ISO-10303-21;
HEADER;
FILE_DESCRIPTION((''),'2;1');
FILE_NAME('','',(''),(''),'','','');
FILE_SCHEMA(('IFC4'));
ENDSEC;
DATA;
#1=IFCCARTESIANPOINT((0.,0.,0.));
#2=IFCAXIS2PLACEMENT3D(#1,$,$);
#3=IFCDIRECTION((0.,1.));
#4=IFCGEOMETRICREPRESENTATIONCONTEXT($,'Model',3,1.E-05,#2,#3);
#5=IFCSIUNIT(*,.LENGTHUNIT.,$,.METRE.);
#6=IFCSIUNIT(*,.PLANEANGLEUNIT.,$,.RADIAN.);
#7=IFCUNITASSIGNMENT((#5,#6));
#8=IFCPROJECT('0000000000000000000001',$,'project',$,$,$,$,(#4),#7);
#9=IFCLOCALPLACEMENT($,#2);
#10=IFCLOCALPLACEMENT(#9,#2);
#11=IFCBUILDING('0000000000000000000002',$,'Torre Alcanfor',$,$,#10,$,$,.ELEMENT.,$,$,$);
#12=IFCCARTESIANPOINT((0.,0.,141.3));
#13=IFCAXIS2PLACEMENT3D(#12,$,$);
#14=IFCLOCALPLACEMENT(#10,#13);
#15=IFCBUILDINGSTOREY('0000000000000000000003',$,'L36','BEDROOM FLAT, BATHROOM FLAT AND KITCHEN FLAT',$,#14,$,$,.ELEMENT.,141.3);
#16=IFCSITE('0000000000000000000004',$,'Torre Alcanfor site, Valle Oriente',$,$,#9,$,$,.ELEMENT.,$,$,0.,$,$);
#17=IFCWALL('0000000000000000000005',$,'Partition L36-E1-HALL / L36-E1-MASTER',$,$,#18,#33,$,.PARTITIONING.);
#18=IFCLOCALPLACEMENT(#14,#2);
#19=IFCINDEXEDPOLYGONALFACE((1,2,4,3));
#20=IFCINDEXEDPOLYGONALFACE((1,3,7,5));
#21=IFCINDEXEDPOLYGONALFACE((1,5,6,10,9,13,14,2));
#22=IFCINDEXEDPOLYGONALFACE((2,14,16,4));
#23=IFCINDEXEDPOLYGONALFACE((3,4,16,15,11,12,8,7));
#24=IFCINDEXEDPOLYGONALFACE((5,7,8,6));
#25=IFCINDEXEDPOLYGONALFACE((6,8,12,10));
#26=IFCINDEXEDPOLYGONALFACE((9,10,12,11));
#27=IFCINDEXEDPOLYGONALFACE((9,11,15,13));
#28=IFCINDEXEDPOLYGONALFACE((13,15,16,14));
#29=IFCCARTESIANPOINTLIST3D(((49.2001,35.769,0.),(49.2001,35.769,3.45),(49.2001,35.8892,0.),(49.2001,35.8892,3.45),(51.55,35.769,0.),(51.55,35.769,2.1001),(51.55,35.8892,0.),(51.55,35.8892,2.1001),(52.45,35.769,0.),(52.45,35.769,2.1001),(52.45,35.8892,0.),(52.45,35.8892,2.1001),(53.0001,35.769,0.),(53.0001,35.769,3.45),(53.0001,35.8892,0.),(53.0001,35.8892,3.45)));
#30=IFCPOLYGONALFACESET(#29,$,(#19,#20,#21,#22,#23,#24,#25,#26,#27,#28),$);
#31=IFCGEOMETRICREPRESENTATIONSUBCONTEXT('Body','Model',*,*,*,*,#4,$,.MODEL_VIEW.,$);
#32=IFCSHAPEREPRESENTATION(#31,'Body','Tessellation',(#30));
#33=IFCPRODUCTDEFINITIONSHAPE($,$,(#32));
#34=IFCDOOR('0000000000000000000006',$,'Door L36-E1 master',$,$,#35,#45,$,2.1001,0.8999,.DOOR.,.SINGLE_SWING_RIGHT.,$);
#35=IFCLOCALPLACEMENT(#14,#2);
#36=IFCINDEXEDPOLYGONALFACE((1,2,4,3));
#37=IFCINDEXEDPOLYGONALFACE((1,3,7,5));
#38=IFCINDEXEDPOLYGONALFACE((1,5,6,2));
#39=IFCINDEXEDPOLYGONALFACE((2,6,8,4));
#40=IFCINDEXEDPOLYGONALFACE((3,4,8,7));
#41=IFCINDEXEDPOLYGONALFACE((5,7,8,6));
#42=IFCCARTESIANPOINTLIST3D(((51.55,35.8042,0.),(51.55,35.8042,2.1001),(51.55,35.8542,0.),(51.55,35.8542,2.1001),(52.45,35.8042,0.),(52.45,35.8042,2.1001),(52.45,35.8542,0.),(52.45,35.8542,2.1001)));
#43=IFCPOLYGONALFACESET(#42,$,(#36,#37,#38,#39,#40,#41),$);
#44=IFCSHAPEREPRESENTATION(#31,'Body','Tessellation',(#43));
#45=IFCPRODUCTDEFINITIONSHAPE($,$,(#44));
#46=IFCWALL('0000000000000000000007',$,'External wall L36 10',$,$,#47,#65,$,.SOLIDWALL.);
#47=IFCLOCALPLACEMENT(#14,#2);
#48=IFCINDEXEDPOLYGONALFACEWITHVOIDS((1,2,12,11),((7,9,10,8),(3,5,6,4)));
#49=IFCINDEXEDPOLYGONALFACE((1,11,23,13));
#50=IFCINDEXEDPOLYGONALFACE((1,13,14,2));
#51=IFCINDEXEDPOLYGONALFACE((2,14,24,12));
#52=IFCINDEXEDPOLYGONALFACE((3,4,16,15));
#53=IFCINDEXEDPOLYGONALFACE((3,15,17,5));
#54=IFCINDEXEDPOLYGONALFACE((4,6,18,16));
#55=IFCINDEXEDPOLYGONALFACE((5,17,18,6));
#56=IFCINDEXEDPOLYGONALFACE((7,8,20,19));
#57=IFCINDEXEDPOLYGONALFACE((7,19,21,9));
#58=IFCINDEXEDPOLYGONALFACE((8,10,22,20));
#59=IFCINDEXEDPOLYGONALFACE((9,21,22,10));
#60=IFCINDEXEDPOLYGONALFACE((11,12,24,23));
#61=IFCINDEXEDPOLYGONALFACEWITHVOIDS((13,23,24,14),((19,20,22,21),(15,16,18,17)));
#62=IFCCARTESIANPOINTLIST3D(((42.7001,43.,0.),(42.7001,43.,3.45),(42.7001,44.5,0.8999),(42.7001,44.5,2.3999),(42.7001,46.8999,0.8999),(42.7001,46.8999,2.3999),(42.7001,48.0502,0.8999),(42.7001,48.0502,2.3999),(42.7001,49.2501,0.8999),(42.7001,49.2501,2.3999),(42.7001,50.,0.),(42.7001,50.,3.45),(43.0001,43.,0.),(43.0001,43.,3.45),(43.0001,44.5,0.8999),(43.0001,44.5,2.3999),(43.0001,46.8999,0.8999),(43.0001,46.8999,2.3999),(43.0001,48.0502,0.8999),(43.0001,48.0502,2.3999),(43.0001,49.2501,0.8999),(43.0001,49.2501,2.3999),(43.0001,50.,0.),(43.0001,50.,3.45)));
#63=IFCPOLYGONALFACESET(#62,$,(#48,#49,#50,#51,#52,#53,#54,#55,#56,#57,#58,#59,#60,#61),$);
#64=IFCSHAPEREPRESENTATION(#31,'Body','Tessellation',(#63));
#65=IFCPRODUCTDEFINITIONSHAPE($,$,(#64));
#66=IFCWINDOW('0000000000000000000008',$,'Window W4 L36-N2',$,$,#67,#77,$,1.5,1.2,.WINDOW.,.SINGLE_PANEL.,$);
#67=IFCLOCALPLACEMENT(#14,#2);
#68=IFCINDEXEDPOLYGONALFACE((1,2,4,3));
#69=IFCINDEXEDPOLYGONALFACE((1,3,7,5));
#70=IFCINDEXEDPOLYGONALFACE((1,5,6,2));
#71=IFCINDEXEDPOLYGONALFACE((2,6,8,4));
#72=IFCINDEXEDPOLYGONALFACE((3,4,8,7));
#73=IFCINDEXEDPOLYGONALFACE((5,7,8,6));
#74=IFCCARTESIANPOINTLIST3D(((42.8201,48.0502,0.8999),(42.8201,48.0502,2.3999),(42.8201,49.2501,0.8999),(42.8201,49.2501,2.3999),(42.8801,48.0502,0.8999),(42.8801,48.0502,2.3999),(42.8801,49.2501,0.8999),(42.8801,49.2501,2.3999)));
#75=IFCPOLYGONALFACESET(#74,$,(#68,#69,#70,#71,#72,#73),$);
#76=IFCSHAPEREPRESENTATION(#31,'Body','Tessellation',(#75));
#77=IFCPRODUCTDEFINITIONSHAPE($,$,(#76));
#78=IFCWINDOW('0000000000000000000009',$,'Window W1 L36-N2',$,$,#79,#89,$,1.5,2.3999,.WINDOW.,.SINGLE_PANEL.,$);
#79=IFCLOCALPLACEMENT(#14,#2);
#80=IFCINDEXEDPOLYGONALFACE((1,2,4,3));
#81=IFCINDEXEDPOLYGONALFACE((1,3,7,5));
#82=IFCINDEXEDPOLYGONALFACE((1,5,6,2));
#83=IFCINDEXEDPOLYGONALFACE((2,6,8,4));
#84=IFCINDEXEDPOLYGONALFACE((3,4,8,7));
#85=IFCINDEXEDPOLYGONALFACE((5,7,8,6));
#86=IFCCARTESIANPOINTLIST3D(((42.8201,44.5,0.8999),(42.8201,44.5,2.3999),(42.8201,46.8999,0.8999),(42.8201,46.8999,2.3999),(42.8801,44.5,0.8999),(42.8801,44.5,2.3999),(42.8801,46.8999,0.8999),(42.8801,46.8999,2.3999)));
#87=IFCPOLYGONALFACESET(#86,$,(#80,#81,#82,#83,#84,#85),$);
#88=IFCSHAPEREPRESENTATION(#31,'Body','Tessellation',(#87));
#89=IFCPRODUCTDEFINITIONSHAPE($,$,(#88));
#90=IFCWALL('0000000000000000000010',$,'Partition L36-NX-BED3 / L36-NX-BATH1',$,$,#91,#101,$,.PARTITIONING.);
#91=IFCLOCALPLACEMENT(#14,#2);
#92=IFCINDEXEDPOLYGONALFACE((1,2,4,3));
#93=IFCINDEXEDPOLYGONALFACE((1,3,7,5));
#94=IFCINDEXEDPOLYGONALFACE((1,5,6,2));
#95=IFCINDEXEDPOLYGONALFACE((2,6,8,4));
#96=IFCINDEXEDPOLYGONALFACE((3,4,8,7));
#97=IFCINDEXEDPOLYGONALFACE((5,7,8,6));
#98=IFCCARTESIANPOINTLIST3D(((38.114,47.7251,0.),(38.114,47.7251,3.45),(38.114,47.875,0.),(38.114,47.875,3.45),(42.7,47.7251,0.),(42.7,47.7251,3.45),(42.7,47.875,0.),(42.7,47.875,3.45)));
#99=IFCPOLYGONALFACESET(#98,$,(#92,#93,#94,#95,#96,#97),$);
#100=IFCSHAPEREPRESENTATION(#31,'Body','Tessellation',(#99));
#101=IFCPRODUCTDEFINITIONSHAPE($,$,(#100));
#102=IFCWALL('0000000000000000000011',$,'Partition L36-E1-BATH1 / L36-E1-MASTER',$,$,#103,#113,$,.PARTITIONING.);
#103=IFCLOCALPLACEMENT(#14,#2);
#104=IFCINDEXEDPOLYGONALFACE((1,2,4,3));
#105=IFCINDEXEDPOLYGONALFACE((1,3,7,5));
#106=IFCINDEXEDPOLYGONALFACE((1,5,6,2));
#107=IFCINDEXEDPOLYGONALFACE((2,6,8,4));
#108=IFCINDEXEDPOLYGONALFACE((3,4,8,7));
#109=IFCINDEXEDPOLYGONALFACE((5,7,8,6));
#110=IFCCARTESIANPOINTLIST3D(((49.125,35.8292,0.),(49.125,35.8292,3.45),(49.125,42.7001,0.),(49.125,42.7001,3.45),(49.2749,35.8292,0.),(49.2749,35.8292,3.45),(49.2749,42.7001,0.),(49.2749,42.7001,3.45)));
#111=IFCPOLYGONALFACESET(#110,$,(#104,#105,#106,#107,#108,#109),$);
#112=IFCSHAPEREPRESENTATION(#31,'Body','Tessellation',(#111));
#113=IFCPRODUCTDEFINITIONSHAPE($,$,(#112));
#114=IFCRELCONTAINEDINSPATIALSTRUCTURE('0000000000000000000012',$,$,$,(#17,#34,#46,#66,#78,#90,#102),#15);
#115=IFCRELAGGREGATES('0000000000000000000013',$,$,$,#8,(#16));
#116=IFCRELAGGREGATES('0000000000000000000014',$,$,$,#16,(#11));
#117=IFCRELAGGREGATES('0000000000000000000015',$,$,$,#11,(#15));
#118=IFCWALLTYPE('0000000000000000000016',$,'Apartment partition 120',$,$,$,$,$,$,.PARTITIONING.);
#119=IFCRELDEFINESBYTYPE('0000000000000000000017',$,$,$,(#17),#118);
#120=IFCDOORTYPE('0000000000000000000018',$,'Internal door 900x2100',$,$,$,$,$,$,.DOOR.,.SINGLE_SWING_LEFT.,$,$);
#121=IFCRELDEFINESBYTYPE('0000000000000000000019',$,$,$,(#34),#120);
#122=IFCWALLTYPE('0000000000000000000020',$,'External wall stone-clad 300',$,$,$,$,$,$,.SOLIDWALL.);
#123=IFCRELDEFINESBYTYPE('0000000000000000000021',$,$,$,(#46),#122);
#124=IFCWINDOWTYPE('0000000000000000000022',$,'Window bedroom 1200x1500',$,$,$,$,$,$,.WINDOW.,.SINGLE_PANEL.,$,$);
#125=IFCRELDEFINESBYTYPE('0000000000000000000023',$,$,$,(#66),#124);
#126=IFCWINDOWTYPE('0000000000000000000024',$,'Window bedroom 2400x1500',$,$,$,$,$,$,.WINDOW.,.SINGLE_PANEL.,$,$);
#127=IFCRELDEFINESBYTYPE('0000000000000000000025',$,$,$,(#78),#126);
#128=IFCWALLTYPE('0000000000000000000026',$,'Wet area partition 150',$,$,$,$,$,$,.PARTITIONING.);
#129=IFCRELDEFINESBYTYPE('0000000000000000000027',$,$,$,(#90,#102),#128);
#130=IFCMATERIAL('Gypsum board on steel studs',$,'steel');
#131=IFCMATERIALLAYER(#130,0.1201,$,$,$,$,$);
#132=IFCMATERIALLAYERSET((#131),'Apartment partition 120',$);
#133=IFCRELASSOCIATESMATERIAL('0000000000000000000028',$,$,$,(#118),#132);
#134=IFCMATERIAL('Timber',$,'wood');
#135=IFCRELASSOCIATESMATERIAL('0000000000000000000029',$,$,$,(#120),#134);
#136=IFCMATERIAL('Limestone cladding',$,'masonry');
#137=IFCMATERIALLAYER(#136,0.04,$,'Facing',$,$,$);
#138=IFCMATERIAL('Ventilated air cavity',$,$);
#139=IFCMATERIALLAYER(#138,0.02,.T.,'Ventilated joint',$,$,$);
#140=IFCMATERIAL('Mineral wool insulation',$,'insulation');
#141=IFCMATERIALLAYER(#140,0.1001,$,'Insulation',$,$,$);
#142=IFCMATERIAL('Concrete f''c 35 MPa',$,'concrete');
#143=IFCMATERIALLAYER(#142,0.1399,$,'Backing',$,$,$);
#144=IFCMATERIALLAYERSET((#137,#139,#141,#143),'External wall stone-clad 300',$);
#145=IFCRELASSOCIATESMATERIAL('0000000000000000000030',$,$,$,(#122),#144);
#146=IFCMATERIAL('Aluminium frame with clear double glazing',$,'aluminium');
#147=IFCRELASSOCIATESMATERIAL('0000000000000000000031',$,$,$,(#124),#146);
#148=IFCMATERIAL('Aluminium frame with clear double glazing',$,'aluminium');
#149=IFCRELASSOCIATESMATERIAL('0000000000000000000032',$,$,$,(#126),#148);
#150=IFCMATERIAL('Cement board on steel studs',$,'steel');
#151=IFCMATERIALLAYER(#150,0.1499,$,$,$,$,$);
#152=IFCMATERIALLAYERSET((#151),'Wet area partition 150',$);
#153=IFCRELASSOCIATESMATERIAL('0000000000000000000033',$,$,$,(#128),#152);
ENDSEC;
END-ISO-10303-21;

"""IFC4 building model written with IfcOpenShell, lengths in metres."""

from ifc_helpers import new_model, si_unit, direction, frame, frame_2d, origin, place, context, subcontext, project, spatial, rectangle, extrude, material, layer, layer_set, type_object, element, fill, save


model = new_model("IFC4")

# Units and contexts
model_context = context("Model", 3, precision=1e-05, world=origin(), true_north=direction((0.0, 1.0)))
body_context = subcontext(model_context, "Body", "Model", "MODEL_VIEW")
ifc_project = project(units=[si_unit("LENGTHUNIT", "METRE"), si_unit("PLANEANGLEUNIT", "RADIAN")], contexts=[model_context])

# Site, building, storey
site_placement = place(None, origin())
site = spatial("IfcSite", under=ifc_project, at=site_placement, Name="Torre Alcanfor site, Valle Oriente", CompositionType="ELEMENT", RefElevation=0.0)
building_placement = place(site_placement, origin())
building = spatial("IfcBuilding", under=site, at=building_placement, Name="Torre Alcanfor", CompositionType="ELEMENT")
storey_placement = place(building_placement, frame((0.0, 0.0, 141.3)))
storey = spatial("IfcBuildingStorey", under=building, at=storey_placement, Name="L36", Description="BEDROOM FLAT, BATHROOM FLAT AND KITCHEN FLAT", CompositionType="ELEMENT", Elevation=141.3)

# Wall, opening, door
ifc_material_1 = material(Name="Gypsum board on steel studs", Category="steel")
ifc_layer_1 = layer(ifc_material_1, 0.1201)
ifc_layer_set_1 = layer_set([ifc_layer_1], Name="Apartment partition 120")
wall_type_1 = type_object("IfcWallType", Name="Apartment partition 120", PredefinedType="PARTITIONING", material=ifc_layer_set_1)
wall_1_placement = place(storey_placement, frame((53.0, 35.8291, 0.0), z_axis=(0.0, 0.0, 1.0), x_axis=(-1.0, 0.0, 0.0)))
wall_1 = element("IfcWall", 1, at=wall_1_placement, inside=storey, type_object=wall_type_1, Name="Partition L36-E1-HALL / L36-E1-MASTER", PredefinedType="PARTITIONING", context=body_context, shape_type="SweptSolid", body=[
    extrude(rectangle(XDim=3.8, YDim=0.1201, at=frame_2d((1.8999, 0.0))), origin(), (0.0, 0.0, 1.0), 3.45),
])
opening_1_placement = place(wall_1_placement, frame((0.55, 0.0, 0.0)))
opening_1 = element("IfcOpeningElement", 2, at=opening_1_placement, cuts=wall_1, PredefinedType="OPENING", context=body_context, shape_type="SweptSolid", body=[
    extrude(rectangle(XDim=0.8999, YDim=2.1001, at=frame_2d((0.45, 1.05))), frame((0.0, 0.0701, 0.0), z_axis=(0.0, -1.0, 0.0), x_axis=(1.0, 0.0, 0.0)), (0.0, 0.0, 1.0), 0.1401),
])
ifc_material_2 = material(Name="Timber", Category="wood")
door_type = type_object("IfcDoorType", Name="Internal door 900x2100", OperationType="SINGLE_SWING_LEFT", PredefinedType="DOOR", material=ifc_material_2)
door_placement = place(opening_1_placement, frame((0.8999, 0.0, 0.0), z_axis=(0.0, 0.0, 1.0), x_axis=(-1.0, 0.0, 0.0)))
door = element("IfcDoor", 3, at=door_placement, inside=storey, type_object=door_type, Name="Door L36-E1 master", OperationType="SINGLE_SWING_RIGHT", OverallHeight=2.1001, OverallWidth=0.8999, PredefinedType="DOOR", context=body_context, shape_type="SweptSolid", body=[
    extrude(rectangle(XDim=0.8999, YDim=2.1001, at=frame_2d((0.45, 1.05))), frame((0.0, 0.0251, 0.0), z_axis=(0.0, -1.0, 0.0), x_axis=(1.0, 0.0, 0.0)), (0.0, 0.0, 1.0), 0.05),
])
fill(opening_1, door)

# Wall, openings, windows
ifc_material_3 = material(Name="Limestone cladding", Category="masonry")
ifc_layer_2 = layer(ifc_material_3, 0.04, Name="Facing")
ifc_material_4 = material(Name="Ventilated air cavity")
ifc_layer_3 = layer(ifc_material_4, 0.02, ventilated=True, Name="Ventilated joint")
ifc_material_5 = material(Name="Mineral wool insulation", Category="insulation")
ifc_layer_4 = layer(ifc_material_5, 0.1001, Name="Insulation")
ifc_material_6 = material(Name="Concrete f'c 35 MPa", Category="concrete")
ifc_layer_5 = layer(ifc_material_6, 0.1399, Name="Backing")
ifc_layer_set_2 = layer_set([ifc_layer_2, ifc_layer_3, ifc_layer_4, ifc_layer_5], Name="External wall stone-clad 300")
wall_type_2 = type_object("IfcWallType", Name="External wall stone-clad 300", PredefinedType="SOLIDWALL", material=ifc_layer_set_2)
wall_2_placement = place(storey_placement, frame((42.8501, 43.0, 0.0), z_axis=(0.0, 0.0, 1.0), x_axis=(0.0, 1.0, 0.0)))
wall_2 = element("IfcWall", 4, at=wall_2_placement, inside=storey, type_object=wall_type_2, Name="External wall L36 10", PredefinedType="SOLIDWALL", context=body_context, shape_type="SweptSolid", body=[
    extrude(rectangle(XDim=7.0, YDim=0.3, at=frame_2d((3.5, 0.0))), origin(), (0.0, 0.0, 1.0), 3.45),
])
opening_2_placement = place(wall_2_placement, frame((1.5, 0.0, 0.8999)))
opening_2 = element("IfcOpeningElement", 5, at=opening_2_placement, cuts=wall_2, PredefinedType="OPENING", context=body_context, shape_type="SweptSolid", body=[
    extrude(rectangle(XDim=2.3999, YDim=1.5, at=frame_2d((1.2, 0.75))), frame((0.0, 0.1599, 0.0), z_axis=(0.0, -1.0, 0.0), x_axis=(1.0, 0.0, 0.0)), (0.0, 0.0, 1.0), 0.3201),
])
opening_3_placement = place(wall_2_placement, frame((5.05, 0.0, 0.8999)))
opening_3 = element("IfcOpeningElement", 6, at=opening_3_placement, cuts=wall_2, PredefinedType="OPENING", context=body_context, shape_type="SweptSolid", body=[
    extrude(rectangle(XDim=1.2, YDim=1.5, at=frame_2d((0.6001, 0.75))), frame((0.0, 0.1599, 0.0), z_axis=(0.0, -1.0, 0.0), x_axis=(1.0, 0.0, 0.0)), (0.0, 0.0, 1.0), 0.3201),
])
ifc_material_7 = material(Name="Aluminium frame with clear double glazing", Category="aluminium")
window_type_1 = type_object("IfcWindowType", Name="Window bedroom 1200x1500", PartitioningType="SINGLE_PANEL", PredefinedType="WINDOW", material=ifc_material_7)
window_1_placement = place(opening_3_placement, origin())
window_1 = element("IfcWindow", 7, at=window_1_placement, inside=storey, type_object=window_type_1, Name="Window W4 L36-N2", OverallHeight=1.5, OverallWidth=1.2, PartitioningType="SINGLE_PANEL", PredefinedType="WINDOW", context=body_context, shape_type="SweptSolid", body=[
    extrude(rectangle(XDim=1.2, YDim=1.5, at=frame_2d((0.6001, 0.75))), frame((0.0, 0.03, 0.0), z_axis=(0.0, -1.0, 0.0), x_axis=(1.0, 0.0, 0.0)), (0.0, 0.0, 1.0), 0.0601),
])
fill(opening_3, window_1)
ifc_material_8 = material(Name="Aluminium frame with clear double glazing", Category="aluminium")
window_type_2 = type_object("IfcWindowType", Name="Window bedroom 2400x1500", PartitioningType="SINGLE_PANEL", PredefinedType="WINDOW", material=ifc_material_8)
window_2_placement = place(opening_2_placement, origin())
window_2 = element("IfcWindow", 8, at=window_2_placement, inside=storey, type_object=window_type_2, Name="Window W1 L36-N2", OverallHeight=1.5, OverallWidth=2.3999, PartitioningType="SINGLE_PANEL", PredefinedType="WINDOW", context=body_context, shape_type="SweptSolid", body=[
    extrude(rectangle(XDim=2.3999, YDim=1.5, at=frame_2d((1.2, 0.75))), frame((0.0, 0.03, 0.0), z_axis=(0.0, -1.0, 0.0), x_axis=(1.0, 0.0, 0.0)), (0.0, 0.0, 1.0), 0.0601),
])
fill(opening_2, window_2)

# Walls
ifc_material_9 = material(Name="Cement board on steel studs", Category="steel")
ifc_layer_6 = layer(ifc_material_9, 0.1499)
ifc_layer_set_3 = layer_set([ifc_layer_6], Name="Wet area partition 150")
wall_type_3 = type_object("IfcWallType", Name="Wet area partition 150", PredefinedType="PARTITIONING", material=ifc_layer_set_3)
wall_3_placement = place(storey_placement, frame((42.7, 47.8, 0.0), z_axis=(0.0, 0.0, 1.0), x_axis=(-1.0, 0.0, 0.0)))
element("IfcWall", 9, at=wall_3_placement, inside=storey, type_object=wall_type_3, Name="Partition L36-NX-BED3 / L36-NX-BATH1", PredefinedType="PARTITIONING", context=body_context, shape_type="SweptSolid", body=[
    extrude(rectangle(XDim=4.5859, YDim=0.1499, at=frame_2d((2.293, 0.0))), origin(), (0.0, 0.0, 1.0), 3.45),
])
wall_4_placement = place(storey_placement, frame((49.2, 35.8291, 0.0), z_axis=(0.0, 0.0, 1.0), x_axis=(0.0, 1.0, 0.0)))
element("IfcWall", 10, at=wall_4_placement, inside=storey, type_object=wall_type_3, Name="Partition L36-E1-BATH1 / L36-E1-MASTER", PredefinedType="PARTITIONING", context=body_context, shape_type="SweptSolid", body=[
    extrude(rectangle(XDim=6.8708, YDim=0.1499, at=frame_2d((3.4355, 0.0))), origin(), (0.0, 0.0, 1.0), 3.45),
])

save(model, "model.ifc")
